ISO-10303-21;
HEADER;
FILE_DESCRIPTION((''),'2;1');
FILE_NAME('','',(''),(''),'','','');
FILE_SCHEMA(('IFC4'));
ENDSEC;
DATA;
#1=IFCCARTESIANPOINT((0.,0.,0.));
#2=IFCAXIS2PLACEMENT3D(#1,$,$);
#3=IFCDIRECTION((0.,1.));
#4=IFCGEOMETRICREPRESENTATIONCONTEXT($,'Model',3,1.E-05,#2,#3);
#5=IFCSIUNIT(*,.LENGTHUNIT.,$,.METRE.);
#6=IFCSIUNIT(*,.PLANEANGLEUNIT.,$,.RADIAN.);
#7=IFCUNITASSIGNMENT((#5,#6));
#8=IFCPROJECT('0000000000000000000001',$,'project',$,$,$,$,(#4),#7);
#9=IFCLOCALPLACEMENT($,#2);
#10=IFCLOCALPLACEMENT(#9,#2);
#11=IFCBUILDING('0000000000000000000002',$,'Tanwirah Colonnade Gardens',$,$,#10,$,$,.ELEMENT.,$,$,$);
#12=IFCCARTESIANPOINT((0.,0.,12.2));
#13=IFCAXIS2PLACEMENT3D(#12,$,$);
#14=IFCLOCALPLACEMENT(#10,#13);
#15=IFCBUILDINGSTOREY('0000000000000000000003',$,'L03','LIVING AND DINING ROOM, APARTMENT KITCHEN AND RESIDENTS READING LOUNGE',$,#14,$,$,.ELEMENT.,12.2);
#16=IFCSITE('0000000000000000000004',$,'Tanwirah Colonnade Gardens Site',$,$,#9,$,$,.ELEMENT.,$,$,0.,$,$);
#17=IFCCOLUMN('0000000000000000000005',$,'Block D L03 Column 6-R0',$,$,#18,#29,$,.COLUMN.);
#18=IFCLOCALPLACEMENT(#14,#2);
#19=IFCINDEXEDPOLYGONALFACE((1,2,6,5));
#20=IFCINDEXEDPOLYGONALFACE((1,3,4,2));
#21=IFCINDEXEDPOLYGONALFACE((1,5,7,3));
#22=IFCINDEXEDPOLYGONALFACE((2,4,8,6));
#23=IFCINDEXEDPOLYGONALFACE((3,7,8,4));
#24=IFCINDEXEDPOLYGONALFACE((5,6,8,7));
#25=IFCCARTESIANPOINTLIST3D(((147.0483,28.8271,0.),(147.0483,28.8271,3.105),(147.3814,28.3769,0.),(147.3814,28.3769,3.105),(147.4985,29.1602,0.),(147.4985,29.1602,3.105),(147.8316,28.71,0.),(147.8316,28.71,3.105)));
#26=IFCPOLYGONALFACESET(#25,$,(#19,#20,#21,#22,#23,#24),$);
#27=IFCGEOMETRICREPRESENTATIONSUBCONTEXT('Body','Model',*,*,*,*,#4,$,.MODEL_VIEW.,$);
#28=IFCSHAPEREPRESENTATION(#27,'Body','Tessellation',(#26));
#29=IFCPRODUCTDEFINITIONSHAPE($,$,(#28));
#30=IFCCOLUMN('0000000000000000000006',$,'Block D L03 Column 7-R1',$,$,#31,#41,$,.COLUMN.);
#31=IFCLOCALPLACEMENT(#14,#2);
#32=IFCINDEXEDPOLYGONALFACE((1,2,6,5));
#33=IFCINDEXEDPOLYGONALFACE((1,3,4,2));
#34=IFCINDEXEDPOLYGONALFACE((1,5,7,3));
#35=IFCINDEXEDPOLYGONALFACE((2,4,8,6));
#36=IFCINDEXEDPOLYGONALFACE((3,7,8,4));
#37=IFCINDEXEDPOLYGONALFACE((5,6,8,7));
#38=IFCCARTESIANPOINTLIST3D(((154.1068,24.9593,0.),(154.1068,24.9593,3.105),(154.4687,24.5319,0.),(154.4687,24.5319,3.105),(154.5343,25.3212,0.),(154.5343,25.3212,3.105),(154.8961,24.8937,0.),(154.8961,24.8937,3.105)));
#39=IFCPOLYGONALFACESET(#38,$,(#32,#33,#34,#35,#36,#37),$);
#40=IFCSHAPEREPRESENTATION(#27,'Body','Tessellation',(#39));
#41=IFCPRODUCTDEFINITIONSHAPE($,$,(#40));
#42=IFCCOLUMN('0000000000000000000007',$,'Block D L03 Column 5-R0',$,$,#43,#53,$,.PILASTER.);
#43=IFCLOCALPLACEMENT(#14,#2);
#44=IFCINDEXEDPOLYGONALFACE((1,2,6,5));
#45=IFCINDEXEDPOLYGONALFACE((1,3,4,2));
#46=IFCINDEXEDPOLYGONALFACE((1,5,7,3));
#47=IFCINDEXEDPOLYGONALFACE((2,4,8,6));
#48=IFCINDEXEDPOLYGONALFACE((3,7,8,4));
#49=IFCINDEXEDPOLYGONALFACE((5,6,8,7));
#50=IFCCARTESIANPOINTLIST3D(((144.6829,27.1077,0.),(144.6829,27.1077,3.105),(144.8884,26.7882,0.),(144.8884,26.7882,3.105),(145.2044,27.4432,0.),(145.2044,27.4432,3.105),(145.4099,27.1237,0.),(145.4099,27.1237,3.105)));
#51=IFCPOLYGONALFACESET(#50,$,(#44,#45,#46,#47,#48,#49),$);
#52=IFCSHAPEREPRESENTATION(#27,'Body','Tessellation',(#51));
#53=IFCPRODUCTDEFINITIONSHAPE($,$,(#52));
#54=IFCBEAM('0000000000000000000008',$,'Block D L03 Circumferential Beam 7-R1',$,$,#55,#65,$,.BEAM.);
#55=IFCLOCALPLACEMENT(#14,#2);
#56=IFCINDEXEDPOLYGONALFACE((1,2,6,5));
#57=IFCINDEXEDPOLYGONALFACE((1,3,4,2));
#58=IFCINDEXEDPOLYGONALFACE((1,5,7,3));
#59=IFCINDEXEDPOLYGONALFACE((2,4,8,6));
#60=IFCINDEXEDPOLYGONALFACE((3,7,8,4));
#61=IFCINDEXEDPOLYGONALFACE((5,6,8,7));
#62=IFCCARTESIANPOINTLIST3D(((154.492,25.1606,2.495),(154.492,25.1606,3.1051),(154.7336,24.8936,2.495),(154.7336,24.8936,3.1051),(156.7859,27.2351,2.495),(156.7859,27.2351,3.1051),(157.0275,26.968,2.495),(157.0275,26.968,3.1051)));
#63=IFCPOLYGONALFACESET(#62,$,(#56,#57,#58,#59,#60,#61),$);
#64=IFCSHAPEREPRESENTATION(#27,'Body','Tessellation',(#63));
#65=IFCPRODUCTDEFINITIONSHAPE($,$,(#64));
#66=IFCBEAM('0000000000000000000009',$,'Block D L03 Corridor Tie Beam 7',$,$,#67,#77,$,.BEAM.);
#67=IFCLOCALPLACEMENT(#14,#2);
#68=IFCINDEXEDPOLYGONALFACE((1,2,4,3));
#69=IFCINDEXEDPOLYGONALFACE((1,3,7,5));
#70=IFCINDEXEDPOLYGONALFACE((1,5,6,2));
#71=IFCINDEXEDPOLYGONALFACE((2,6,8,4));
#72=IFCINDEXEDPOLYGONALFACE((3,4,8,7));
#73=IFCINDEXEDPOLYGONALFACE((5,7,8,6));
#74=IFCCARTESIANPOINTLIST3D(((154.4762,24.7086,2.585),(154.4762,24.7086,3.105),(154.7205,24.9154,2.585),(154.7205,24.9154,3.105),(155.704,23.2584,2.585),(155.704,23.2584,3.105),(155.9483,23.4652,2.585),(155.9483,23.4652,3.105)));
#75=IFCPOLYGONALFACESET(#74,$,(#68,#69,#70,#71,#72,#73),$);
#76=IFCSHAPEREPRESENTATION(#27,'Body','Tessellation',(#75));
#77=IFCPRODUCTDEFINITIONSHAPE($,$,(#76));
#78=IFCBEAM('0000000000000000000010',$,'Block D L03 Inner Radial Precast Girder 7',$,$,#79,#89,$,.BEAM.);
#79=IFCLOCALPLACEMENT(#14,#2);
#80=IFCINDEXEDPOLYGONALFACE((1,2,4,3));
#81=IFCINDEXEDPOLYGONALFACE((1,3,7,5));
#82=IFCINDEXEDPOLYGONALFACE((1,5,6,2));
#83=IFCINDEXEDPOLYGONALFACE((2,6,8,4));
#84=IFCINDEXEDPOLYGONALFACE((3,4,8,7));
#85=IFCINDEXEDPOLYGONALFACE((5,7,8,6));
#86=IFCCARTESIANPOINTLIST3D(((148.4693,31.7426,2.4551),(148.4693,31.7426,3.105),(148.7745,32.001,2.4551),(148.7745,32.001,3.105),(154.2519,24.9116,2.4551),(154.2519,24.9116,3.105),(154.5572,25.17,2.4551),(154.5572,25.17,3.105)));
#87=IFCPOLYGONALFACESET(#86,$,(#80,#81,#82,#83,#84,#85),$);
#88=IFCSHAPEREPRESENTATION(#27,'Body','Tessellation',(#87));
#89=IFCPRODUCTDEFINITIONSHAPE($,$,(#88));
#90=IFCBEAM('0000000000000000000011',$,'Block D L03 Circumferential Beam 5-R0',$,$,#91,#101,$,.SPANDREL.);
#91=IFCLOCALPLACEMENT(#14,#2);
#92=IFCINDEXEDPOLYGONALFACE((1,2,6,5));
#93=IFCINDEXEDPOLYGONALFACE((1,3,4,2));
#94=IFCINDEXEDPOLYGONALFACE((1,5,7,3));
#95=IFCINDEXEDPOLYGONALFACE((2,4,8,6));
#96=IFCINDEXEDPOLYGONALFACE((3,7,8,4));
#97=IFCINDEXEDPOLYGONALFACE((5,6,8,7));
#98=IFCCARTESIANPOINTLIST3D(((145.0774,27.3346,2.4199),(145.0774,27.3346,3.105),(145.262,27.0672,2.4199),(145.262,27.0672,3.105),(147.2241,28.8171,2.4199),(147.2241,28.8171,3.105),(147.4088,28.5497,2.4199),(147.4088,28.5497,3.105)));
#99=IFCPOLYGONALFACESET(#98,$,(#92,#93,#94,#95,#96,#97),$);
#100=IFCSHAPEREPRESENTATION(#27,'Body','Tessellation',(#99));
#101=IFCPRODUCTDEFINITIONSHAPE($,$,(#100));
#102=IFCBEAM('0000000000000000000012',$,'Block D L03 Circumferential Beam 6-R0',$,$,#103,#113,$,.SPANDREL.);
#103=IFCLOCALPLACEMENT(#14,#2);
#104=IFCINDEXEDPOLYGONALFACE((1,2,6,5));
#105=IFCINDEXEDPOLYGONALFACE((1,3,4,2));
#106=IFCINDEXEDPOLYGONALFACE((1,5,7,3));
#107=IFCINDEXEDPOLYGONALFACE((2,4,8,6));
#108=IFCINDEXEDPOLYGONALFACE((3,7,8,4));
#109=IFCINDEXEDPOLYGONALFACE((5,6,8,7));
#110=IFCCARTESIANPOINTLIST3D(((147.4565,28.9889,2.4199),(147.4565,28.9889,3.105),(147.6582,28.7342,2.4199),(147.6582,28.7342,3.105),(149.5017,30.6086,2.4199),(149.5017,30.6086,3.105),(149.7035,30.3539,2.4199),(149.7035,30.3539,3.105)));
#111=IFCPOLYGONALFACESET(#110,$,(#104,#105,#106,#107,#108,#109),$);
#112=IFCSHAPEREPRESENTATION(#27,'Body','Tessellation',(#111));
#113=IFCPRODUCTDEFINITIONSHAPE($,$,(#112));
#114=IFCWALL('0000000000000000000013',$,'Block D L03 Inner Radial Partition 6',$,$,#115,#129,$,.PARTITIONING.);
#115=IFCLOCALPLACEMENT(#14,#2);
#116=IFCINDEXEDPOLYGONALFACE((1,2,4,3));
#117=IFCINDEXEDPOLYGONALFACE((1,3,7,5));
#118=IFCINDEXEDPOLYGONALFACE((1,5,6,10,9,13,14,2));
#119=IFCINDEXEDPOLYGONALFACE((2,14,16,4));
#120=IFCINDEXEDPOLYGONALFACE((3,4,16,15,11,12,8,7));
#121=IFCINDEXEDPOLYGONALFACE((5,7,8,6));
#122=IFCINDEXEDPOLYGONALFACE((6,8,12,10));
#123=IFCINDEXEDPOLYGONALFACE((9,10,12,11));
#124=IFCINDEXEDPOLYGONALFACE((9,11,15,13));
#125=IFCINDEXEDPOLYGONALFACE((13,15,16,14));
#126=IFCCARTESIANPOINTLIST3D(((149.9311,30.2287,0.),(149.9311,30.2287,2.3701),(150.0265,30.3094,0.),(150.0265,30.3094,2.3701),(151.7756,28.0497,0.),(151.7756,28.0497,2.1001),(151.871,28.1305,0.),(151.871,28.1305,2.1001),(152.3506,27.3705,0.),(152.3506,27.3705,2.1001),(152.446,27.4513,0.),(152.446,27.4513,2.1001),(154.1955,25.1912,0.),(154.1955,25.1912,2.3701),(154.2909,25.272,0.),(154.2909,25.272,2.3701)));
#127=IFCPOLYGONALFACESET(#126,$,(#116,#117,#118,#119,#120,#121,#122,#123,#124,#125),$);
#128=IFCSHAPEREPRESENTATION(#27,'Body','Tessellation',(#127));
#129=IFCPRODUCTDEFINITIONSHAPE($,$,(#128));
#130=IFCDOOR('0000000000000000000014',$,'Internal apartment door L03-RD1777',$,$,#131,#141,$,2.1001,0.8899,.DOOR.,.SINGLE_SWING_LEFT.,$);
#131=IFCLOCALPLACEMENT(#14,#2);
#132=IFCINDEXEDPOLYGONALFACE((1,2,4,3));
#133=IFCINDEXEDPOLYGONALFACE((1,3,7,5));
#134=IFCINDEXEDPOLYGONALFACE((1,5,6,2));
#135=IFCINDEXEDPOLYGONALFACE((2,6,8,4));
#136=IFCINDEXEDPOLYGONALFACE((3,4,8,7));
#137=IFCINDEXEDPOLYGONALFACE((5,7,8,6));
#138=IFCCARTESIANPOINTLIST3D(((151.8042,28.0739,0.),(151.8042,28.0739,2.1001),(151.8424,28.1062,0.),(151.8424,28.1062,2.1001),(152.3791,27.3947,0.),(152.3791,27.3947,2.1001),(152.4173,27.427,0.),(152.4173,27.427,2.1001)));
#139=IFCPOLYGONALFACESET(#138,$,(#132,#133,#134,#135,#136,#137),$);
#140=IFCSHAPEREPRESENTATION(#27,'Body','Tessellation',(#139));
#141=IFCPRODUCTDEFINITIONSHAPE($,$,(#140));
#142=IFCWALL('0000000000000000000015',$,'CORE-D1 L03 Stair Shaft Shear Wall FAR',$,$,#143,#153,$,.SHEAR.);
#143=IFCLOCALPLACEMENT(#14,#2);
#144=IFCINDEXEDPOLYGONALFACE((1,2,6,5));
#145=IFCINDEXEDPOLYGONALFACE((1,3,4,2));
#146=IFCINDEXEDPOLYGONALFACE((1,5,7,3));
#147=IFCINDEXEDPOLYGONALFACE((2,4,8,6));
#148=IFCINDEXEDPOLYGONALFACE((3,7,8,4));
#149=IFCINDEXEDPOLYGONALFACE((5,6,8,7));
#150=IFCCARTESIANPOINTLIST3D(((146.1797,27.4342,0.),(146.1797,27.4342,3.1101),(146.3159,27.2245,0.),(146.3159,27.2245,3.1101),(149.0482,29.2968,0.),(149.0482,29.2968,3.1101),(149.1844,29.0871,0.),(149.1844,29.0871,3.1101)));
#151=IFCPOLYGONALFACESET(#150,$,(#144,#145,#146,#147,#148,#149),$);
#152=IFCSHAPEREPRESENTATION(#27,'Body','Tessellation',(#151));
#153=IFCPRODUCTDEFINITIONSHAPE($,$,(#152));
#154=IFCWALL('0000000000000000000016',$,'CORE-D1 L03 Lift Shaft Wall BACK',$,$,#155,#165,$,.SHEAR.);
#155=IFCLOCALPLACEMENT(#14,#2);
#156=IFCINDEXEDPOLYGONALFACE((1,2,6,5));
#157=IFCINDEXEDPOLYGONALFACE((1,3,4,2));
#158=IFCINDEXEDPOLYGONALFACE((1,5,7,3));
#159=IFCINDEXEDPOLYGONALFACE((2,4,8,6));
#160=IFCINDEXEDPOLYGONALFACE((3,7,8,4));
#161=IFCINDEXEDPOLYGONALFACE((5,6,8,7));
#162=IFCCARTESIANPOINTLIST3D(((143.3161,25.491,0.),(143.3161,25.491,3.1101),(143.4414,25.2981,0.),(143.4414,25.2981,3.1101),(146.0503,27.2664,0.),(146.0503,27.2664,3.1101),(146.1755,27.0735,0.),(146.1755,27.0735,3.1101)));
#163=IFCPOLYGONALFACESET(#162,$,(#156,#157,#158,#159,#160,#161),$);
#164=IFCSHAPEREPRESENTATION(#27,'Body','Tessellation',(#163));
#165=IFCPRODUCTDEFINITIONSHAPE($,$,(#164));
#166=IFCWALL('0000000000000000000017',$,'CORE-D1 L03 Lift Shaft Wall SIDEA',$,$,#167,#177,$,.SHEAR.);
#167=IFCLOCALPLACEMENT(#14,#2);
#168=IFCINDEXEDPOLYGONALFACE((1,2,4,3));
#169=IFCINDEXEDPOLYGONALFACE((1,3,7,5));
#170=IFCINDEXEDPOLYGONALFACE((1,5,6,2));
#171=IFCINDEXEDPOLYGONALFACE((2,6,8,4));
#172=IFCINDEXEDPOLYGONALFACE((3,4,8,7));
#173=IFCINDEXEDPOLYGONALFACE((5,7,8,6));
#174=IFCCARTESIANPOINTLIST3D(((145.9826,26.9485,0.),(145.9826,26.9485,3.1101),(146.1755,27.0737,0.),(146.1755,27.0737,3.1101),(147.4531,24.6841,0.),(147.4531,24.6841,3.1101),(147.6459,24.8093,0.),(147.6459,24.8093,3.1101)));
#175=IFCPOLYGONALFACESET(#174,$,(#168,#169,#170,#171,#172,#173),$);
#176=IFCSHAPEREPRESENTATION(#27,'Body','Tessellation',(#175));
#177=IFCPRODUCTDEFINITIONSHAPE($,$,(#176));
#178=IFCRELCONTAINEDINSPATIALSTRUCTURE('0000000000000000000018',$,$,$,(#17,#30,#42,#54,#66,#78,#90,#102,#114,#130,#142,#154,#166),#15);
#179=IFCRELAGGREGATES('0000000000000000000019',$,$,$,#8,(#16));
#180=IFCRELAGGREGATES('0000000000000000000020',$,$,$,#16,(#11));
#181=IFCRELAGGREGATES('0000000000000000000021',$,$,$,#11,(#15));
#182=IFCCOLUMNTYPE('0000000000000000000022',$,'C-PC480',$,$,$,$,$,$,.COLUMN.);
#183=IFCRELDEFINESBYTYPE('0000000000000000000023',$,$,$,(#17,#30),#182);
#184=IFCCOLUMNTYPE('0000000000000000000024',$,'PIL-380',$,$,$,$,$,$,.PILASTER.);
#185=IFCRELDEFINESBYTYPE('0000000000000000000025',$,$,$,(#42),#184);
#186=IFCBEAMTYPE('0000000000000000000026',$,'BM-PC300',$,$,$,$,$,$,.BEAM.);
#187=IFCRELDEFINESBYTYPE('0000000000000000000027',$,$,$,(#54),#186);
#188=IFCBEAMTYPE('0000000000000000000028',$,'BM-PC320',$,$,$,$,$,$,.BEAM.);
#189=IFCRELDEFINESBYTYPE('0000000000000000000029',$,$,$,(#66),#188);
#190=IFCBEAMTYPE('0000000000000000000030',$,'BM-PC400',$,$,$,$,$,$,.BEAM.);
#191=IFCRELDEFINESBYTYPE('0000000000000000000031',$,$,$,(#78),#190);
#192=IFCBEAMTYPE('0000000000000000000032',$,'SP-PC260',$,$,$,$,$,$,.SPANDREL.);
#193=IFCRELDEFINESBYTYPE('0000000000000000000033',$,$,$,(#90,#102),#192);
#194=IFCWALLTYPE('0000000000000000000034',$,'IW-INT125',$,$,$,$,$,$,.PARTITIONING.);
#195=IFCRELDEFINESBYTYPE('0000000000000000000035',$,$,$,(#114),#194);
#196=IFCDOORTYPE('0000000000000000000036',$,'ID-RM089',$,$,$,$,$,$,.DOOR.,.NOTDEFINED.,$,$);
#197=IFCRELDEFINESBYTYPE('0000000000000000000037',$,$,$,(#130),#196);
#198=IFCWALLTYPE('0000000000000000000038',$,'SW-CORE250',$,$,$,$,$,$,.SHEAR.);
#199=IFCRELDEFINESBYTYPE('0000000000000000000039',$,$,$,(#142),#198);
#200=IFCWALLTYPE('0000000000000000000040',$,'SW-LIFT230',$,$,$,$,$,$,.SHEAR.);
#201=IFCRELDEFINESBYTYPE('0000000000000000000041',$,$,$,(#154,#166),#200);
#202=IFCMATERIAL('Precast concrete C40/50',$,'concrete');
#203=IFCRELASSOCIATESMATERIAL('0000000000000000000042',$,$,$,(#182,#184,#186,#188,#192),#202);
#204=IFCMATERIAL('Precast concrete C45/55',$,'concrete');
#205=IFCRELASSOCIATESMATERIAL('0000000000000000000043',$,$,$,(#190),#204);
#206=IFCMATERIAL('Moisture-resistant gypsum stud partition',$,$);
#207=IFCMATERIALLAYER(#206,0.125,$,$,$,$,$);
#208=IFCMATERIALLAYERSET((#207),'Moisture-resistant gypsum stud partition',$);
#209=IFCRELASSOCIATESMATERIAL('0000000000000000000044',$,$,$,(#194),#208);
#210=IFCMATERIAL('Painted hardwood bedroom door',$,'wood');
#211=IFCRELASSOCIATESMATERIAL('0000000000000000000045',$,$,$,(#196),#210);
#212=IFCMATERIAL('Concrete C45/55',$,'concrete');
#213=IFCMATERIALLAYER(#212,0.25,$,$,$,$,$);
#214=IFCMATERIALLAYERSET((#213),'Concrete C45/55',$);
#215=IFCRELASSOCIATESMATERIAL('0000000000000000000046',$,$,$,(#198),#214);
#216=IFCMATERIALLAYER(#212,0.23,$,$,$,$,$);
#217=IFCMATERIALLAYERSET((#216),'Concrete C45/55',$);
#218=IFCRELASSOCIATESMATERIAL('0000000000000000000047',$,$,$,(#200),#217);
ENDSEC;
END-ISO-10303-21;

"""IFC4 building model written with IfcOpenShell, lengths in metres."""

from ifc_helpers import new_model, si_unit, direction, frame, frame_2d, origin, origin_2d, place, context, subcontext, project, spatial, rectangle, extrude, material, layer, layer_set, material_profile, profile_set, type_object, element, fill, save


model = new_model("IFC4")

# Units and contexts
model_context = context("Model", 3, precision=1e-05, world=origin(), true_north=direction((0.0, 1.0)))
body_context = subcontext(model_context, "Body", "Model", "MODEL_VIEW")
ifc_project = project(units=[si_unit("LENGTHUNIT", "METRE"), si_unit("PLANEANGLEUNIT", "RADIAN")], contexts=[model_context])

# Site, building, storey
site_placement = place(None, origin())
site = spatial("IfcSite", under=ifc_project, at=site_placement, Name="Tanwirah Colonnade Gardens Site", CompositionType="ELEMENT", RefElevation=0.0)
building_placement = place(site_placement, origin())
building = spatial("IfcBuilding", under=site, at=building_placement, Name="Tanwirah Colonnade Gardens", CompositionType="ELEMENT")
storey_placement = place(building_placement, frame((0.0, 0.0, 12.2)))
storey = spatial("IfcBuildingStorey", under=building, at=storey_placement, Name="L03", Description="LIVING AND DINING ROOM, APARTMENT KITCHEN AND RESIDENTS READING LOUNGE", CompositionType="ELEMENT", Elevation=12.2)

# Columns
ifc_material_1 = material(Name="Precast concrete C40/50", Category="concrete")
ifc_material_profile_1 = material_profile(ifc_material_1, rectangle(XDim=0.5601, YDim=0.5601, at=origin_2d()), Name="PC-COL 560x560")
ifc_profile_set_1 = profile_set([ifc_material_profile_1], Name="Precast concrete C40/50")
column_type_1 = type_object("IfcColumnType", Name="C-PC480", PredefinedType="COLUMN", material=ifc_profile_set_1)
for number, where, z_axis, x_axis, name in (
    (1, (147.4399, 28.7686, 0.0), (0.0, 0.0, 1.0), (0.594823, -0.803857, 0.0), "Block D L03 Column 6-R0"),
    (2, (154.5015, 24.9265, 0.0), (0.0, 0.0, 1.0), (0.646124, -0.763232, 0.0), "Block D L03 Column 7-R1"),
):
    element("IfcColumn", number, at=place(storey_placement, frame(where, z_axis=z_axis, x_axis=x_axis)), inside=storey, type_object=column_type_1, Name=name, PredefinedType="COLUMN", context=body_context, shape_type="SweptSolid", body=[
        extrude(rectangle(XDim=0.5601, YDim=0.5601, at=origin_2d()), origin(), (0.0, 0.0, 1.0), 3.105),
    ])
ifc_material_profile_2 = material_profile(ifc_material_1, rectangle(XDim=0.3799, YDim=0.6201, at=origin_2d()), Name="PC-PIL 380x620")
ifc_profile_set_2 = profile_set([ifc_material_profile_2], Name="Precast concrete C40/50")
column_type_2 = type_object("IfcColumnType", Name="PIL-380", PredefinedType="PILASTER", material=ifc_profile_set_2)
column_placement = place(storey_placement, frame((145.0464, 27.1157, 0.0), z_axis=(0.0, 0.0, 1.0), x_axis=(0.540974, -0.841039, 0.0)))
element("IfcColumn", 3, at=column_placement, inside=storey, type_object=column_type_2, Name="Block D L03 Column 5-R0", PredefinedType="PILASTER", context=body_context, shape_type="SweptSolid", body=[
    extrude(rectangle(XDim=0.3799, YDim=0.6201, at=origin_2d()), origin(), (0.0, 0.0, 1.0), 3.105),
])

# Beams
ifc_material_profile_3 = material_profile(ifc_material_1, rectangle(XDim=0.3601, YDim=0.6101, at=origin_2d()), Name="PC-BM 360x610")
ifc_profile_set_3 = profile_set([ifc_material_profile_3], Name="Precast concrete C40/50")
beam_type_1 = type_object("IfcBeamType", Name="BM-PC300", PredefinedType="BEAM", material=ifc_profile_set_3)
beam_1_placement = place(storey_placement, frame((154.6128, 25.0271, 2.8), z_axis=(0.741698, 0.670733, 0.0), x_axis=(-0.670733, 0.741698, 0.0)))
element("IfcBeam", 4, at=beam_1_placement, inside=storey, type_object=beam_type_1, Name="Block D L03 Circumferential Beam 7-R1", PredefinedType="BEAM", context=body_context, shape_type="SweptSolid", body=[
    extrude(rectangle(XDim=0.3601, YDim=0.6101, at=origin_2d()), origin(), (0.0, 0.0, 1.0), 3.0928),
])
ifc_material_profile_4 = material_profile(ifc_material_1, rectangle(XDim=0.3201, YDim=0.52, at=origin_2d()), Name="PC-BM 320x520")
ifc_profile_set_4 = profile_set([ifc_material_profile_4], Name="Precast concrete C40/50")
beam_type_2 = type_object("IfcBeamType", Name="BM-PC320", PredefinedType="BEAM", material=ifc_profile_set_4)
beam_2_placement = place(storey_placement, frame((154.5984, 24.812, 2.845), z_axis=(0.646155, -0.763206, 0.0), x_axis=(0.763206, 0.646155, 0.0)))
element("IfcBeam", 5, at=beam_2_placement, inside=storey, type_object=beam_type_2, Name="Block D L03 Corridor Tie Beam 7", PredefinedType="BEAM", context=body_context, shape_type="SweptSolid", body=[
    extrude(rectangle(XDim=0.3201, YDim=0.52, at=origin_2d()), origin(), (0.0, 0.0, 1.0), 1.9001),
])
ifc_material_2 = material(Name="Precast concrete C45/55", Category="concrete")
ifc_material_profile_5 = material_profile(ifc_material_2, rectangle(XDim=0.3999, YDim=0.6499, at=origin_2d()), Name="PC-BM 400x650")
ifc_profile_set_5 = profile_set([ifc_material_profile_5], Name="Precast concrete C45/55")
beam_type_3 = type_object("IfcBeamType", Name="BM-PC400", PredefinedType="BEAM", material=ifc_profile_set_5)
beam_3_placement = place(storey_placement, frame((154.4045, 25.0408, 2.78), z_axis=(-0.646111, 0.763243, 0.0), x_axis=(-0.763243, -0.646111, 0.0)))
element("IfcBeam", 6, at=beam_3_placement, inside=storey, type_object=beam_type_3, Name="Block D L03 Inner Radial Precast Girder 7", PredefinedType="BEAM", context=body_context, shape_type="SweptSolid", body=[
    extrude(rectangle(XDim=0.3999, YDim=0.6499, at=origin_2d()), origin(), (0.0, 0.0, 1.0), 8.95),
])
ifc_material_profile_6 = material_profile(ifc_material_1, rectangle(XDim=0.325, YDim=0.6851, at=origin_2d()), Name="PC-SP 325x685")
ifc_profile_set_6 = profile_set([ifc_material_profile_6], Name="Precast concrete C40/50")
beam_type_4 = type_object("IfcBeamType", Name="SP-PC260", PredefinedType="SPANDREL", material=ifc_profile_set_6)
for number, where, z_axis, x_axis, name in (
    (7, (145.1697, 27.2009, 2.7625), (0.822869, 0.568231, 0.0), (-0.568231, 0.822869, 0.0), "Block D L03 Circumferential Beam 5-R0"),
    (8, (147.5574, 28.8616, 2.7625), (0.783945, 0.62083, 0.0), (-0.62083, 0.783945, 0.0), "Block D L03 Circumferential Beam 6-R0"),
):
    element("IfcBeam", number, at=place(storey_placement, frame(where, z_axis=z_axis, x_axis=x_axis)), inside=storey, type_object=beam_type_4, Name=name, PredefinedType="SPANDREL", context=body_context, shape_type="SweptSolid", body=[
        extrude(rectangle(XDim=0.325, YDim=0.6851, at=origin_2d()), origin(), (0.0, 0.0, 1.0), 2.6089),
    ])

# Wall, opening, door
ifc_material_3 = material(Name="Moisture-resistant gypsum stud partition")
ifc_layer_1 = layer(ifc_material_3, 0.125)
ifc_layer_set_1 = layer_set([ifc_layer_1], Name="Moisture-resistant gypsum stud partition")
wall_type_1 = type_object("IfcWallType", Name="IW-INT125", PredefinedType="PARTITIONING", material=ifc_layer_set_1)
wall_1_placement = place(storey_placement, frame((149.9788, 30.269, 0.0), z_axis=(0.0, 0.0, 1.0), x_axis=(0.646121, -0.763235, 0.0)))
wall_1 = element("IfcWall", 9, at=wall_1_placement, inside=storey, type_object=wall_type_1, Name="Block D L03 Inner Radial Partition 6", PredefinedType="PARTITIONING", context=body_context, shape_type="SweptSolid", body=[
    extrude(rectangle(XDim=6.6001, YDim=0.125, at=frame_2d((3.3, 0.0))), origin(), (0.0, 0.0, 1.0), 2.3701),
])
opening_1_placement = place(wall_1_placement, frame((2.855, 0.0, 0.0)))
opening_1 = element("IfcOpeningElement", 10, at=opening_1_placement, cuts=wall_1, PredefinedType="OPENING", context=body_context, shape_type="SweptSolid", body=[
    extrude(rectangle(XDim=0.8899, YDim=2.1001, at=frame_2d((0.4448, 1.05))), frame((0.0, 0.0725, 0.0), z_axis=(0.0, -1.0, 0.0), x_axis=(1.0, 0.0, 0.0)), (0.0, 0.0, 1.0), 0.145),
])
ifc_material_4 = material(Name="Painted hardwood bedroom door", Category="wood")
door_type_1 = type_object("IfcDoorType", Name="ID-RM089", OperationType="NOTDEFINED", PredefinedType="DOOR", material=ifc_material_4)
door_1_placement = place(opening_1_placement, origin())
door_1 = element("IfcDoor", 11, at=door_1_placement, inside=storey, type_object=door_type_1, Name="Internal apartment door L03-RD1777", OperationType="SINGLE_SWING_LEFT", OverallHeight=2.1001, OverallWidth=0.8899, PredefinedType="DOOR", context=body_context, shape_type="SweptSolid", body=[
    extrude(rectangle(XDim=0.8899, YDim=2.1001, at=frame_2d((0.4448, 1.05))), frame((0.0, 0.0249, 0.0), z_axis=(0.0, -1.0, 0.0), x_axis=(1.0, 0.0, 0.0)), (0.0, 0.0, 1.0), 0.05),
])
fill(opening_1, door_1)

# Wall
ifc_material_5 = material(Name="Concrete C45/55", Category="concrete")
ifc_layer_2 = layer(ifc_material_5, 0.25)
ifc_layer_set_2 = layer_set([ifc_layer_2], Name="Concrete C45/55")
wall_type_2 = type_object("IfcWallType", Name="SW-CORE250", PredefinedType="SHEAR", material=ifc_layer_set_2)
wall_2_placement = place(storey_placement, frame((149.1162, 29.1919, 0.0), z_axis=(0.0, 0.0, 1.0), x_axis=(-0.8387, -0.544594, 0.0)))
element("IfcWall", 12, at=wall_2_placement, inside=storey, type_object=wall_type_2, Name="CORE-D1 L03 Stair Shaft Shear Wall FAR", PredefinedType="SHEAR", context=body_context, shape_type="SweptSolid", body=[
    extrude(rectangle(XDim=3.4202, YDim=0.25, at=frame_2d((1.71, 0.0))), origin(), (0.0, 0.0, 1.0), 3.1101),
])

# Shared definitions
ifc_layer_3 = layer(ifc_material_5, 0.23)
ifc_layer_set_3 = layer_set([ifc_layer_3], Name="Concrete C45/55")
wall_type_3 = type_object("IfcWallType", Name="SW-LIFT230", PredefinedType="SHEAR", material=ifc_layer_set_3)

# Walls
wall_3_placement = place(storey_placement, frame((146.1128, 27.1699, 0.0), z_axis=(0.0, 0.0, 1.0), x_axis=(-0.838695, -0.544601, 0.0)))
element("IfcWall", 13, at=wall_3_placement, inside=storey, type_object=wall_type_3, Name="CORE-D1 L03 Lift Shaft Wall BACK", PredefinedType="SHEAR", context=body_context, shape_type="SweptSolid", body=[
    extrude(rectangle(XDim=3.26, YDim=0.23, at=frame_2d((1.6299, 0.0))), origin(), (0.0, 0.0, 1.0), 3.1101),
])
wall_4_placement = place(storey_placement, frame((147.5496, 24.7466, 0.0), z_axis=(0.0, 0.0, 1.0), x_axis=(-0.544623, 0.838681, 0.0)))
element("IfcWall", 14, at=wall_4_placement, inside=storey, type_object=wall_type_3, Name="CORE-D1 L03 Lift Shaft Wall SIDEA", PredefinedType="SHEAR", context=body_context, shape_type="SweptSolid", body=[
    extrude(rectangle(XDim=2.7, YDim=0.23, at=frame_2d((1.3501, 0.0))), origin(), (0.0, 0.0, 1.0), 3.1101),
])

save(model, "model.ifc")
